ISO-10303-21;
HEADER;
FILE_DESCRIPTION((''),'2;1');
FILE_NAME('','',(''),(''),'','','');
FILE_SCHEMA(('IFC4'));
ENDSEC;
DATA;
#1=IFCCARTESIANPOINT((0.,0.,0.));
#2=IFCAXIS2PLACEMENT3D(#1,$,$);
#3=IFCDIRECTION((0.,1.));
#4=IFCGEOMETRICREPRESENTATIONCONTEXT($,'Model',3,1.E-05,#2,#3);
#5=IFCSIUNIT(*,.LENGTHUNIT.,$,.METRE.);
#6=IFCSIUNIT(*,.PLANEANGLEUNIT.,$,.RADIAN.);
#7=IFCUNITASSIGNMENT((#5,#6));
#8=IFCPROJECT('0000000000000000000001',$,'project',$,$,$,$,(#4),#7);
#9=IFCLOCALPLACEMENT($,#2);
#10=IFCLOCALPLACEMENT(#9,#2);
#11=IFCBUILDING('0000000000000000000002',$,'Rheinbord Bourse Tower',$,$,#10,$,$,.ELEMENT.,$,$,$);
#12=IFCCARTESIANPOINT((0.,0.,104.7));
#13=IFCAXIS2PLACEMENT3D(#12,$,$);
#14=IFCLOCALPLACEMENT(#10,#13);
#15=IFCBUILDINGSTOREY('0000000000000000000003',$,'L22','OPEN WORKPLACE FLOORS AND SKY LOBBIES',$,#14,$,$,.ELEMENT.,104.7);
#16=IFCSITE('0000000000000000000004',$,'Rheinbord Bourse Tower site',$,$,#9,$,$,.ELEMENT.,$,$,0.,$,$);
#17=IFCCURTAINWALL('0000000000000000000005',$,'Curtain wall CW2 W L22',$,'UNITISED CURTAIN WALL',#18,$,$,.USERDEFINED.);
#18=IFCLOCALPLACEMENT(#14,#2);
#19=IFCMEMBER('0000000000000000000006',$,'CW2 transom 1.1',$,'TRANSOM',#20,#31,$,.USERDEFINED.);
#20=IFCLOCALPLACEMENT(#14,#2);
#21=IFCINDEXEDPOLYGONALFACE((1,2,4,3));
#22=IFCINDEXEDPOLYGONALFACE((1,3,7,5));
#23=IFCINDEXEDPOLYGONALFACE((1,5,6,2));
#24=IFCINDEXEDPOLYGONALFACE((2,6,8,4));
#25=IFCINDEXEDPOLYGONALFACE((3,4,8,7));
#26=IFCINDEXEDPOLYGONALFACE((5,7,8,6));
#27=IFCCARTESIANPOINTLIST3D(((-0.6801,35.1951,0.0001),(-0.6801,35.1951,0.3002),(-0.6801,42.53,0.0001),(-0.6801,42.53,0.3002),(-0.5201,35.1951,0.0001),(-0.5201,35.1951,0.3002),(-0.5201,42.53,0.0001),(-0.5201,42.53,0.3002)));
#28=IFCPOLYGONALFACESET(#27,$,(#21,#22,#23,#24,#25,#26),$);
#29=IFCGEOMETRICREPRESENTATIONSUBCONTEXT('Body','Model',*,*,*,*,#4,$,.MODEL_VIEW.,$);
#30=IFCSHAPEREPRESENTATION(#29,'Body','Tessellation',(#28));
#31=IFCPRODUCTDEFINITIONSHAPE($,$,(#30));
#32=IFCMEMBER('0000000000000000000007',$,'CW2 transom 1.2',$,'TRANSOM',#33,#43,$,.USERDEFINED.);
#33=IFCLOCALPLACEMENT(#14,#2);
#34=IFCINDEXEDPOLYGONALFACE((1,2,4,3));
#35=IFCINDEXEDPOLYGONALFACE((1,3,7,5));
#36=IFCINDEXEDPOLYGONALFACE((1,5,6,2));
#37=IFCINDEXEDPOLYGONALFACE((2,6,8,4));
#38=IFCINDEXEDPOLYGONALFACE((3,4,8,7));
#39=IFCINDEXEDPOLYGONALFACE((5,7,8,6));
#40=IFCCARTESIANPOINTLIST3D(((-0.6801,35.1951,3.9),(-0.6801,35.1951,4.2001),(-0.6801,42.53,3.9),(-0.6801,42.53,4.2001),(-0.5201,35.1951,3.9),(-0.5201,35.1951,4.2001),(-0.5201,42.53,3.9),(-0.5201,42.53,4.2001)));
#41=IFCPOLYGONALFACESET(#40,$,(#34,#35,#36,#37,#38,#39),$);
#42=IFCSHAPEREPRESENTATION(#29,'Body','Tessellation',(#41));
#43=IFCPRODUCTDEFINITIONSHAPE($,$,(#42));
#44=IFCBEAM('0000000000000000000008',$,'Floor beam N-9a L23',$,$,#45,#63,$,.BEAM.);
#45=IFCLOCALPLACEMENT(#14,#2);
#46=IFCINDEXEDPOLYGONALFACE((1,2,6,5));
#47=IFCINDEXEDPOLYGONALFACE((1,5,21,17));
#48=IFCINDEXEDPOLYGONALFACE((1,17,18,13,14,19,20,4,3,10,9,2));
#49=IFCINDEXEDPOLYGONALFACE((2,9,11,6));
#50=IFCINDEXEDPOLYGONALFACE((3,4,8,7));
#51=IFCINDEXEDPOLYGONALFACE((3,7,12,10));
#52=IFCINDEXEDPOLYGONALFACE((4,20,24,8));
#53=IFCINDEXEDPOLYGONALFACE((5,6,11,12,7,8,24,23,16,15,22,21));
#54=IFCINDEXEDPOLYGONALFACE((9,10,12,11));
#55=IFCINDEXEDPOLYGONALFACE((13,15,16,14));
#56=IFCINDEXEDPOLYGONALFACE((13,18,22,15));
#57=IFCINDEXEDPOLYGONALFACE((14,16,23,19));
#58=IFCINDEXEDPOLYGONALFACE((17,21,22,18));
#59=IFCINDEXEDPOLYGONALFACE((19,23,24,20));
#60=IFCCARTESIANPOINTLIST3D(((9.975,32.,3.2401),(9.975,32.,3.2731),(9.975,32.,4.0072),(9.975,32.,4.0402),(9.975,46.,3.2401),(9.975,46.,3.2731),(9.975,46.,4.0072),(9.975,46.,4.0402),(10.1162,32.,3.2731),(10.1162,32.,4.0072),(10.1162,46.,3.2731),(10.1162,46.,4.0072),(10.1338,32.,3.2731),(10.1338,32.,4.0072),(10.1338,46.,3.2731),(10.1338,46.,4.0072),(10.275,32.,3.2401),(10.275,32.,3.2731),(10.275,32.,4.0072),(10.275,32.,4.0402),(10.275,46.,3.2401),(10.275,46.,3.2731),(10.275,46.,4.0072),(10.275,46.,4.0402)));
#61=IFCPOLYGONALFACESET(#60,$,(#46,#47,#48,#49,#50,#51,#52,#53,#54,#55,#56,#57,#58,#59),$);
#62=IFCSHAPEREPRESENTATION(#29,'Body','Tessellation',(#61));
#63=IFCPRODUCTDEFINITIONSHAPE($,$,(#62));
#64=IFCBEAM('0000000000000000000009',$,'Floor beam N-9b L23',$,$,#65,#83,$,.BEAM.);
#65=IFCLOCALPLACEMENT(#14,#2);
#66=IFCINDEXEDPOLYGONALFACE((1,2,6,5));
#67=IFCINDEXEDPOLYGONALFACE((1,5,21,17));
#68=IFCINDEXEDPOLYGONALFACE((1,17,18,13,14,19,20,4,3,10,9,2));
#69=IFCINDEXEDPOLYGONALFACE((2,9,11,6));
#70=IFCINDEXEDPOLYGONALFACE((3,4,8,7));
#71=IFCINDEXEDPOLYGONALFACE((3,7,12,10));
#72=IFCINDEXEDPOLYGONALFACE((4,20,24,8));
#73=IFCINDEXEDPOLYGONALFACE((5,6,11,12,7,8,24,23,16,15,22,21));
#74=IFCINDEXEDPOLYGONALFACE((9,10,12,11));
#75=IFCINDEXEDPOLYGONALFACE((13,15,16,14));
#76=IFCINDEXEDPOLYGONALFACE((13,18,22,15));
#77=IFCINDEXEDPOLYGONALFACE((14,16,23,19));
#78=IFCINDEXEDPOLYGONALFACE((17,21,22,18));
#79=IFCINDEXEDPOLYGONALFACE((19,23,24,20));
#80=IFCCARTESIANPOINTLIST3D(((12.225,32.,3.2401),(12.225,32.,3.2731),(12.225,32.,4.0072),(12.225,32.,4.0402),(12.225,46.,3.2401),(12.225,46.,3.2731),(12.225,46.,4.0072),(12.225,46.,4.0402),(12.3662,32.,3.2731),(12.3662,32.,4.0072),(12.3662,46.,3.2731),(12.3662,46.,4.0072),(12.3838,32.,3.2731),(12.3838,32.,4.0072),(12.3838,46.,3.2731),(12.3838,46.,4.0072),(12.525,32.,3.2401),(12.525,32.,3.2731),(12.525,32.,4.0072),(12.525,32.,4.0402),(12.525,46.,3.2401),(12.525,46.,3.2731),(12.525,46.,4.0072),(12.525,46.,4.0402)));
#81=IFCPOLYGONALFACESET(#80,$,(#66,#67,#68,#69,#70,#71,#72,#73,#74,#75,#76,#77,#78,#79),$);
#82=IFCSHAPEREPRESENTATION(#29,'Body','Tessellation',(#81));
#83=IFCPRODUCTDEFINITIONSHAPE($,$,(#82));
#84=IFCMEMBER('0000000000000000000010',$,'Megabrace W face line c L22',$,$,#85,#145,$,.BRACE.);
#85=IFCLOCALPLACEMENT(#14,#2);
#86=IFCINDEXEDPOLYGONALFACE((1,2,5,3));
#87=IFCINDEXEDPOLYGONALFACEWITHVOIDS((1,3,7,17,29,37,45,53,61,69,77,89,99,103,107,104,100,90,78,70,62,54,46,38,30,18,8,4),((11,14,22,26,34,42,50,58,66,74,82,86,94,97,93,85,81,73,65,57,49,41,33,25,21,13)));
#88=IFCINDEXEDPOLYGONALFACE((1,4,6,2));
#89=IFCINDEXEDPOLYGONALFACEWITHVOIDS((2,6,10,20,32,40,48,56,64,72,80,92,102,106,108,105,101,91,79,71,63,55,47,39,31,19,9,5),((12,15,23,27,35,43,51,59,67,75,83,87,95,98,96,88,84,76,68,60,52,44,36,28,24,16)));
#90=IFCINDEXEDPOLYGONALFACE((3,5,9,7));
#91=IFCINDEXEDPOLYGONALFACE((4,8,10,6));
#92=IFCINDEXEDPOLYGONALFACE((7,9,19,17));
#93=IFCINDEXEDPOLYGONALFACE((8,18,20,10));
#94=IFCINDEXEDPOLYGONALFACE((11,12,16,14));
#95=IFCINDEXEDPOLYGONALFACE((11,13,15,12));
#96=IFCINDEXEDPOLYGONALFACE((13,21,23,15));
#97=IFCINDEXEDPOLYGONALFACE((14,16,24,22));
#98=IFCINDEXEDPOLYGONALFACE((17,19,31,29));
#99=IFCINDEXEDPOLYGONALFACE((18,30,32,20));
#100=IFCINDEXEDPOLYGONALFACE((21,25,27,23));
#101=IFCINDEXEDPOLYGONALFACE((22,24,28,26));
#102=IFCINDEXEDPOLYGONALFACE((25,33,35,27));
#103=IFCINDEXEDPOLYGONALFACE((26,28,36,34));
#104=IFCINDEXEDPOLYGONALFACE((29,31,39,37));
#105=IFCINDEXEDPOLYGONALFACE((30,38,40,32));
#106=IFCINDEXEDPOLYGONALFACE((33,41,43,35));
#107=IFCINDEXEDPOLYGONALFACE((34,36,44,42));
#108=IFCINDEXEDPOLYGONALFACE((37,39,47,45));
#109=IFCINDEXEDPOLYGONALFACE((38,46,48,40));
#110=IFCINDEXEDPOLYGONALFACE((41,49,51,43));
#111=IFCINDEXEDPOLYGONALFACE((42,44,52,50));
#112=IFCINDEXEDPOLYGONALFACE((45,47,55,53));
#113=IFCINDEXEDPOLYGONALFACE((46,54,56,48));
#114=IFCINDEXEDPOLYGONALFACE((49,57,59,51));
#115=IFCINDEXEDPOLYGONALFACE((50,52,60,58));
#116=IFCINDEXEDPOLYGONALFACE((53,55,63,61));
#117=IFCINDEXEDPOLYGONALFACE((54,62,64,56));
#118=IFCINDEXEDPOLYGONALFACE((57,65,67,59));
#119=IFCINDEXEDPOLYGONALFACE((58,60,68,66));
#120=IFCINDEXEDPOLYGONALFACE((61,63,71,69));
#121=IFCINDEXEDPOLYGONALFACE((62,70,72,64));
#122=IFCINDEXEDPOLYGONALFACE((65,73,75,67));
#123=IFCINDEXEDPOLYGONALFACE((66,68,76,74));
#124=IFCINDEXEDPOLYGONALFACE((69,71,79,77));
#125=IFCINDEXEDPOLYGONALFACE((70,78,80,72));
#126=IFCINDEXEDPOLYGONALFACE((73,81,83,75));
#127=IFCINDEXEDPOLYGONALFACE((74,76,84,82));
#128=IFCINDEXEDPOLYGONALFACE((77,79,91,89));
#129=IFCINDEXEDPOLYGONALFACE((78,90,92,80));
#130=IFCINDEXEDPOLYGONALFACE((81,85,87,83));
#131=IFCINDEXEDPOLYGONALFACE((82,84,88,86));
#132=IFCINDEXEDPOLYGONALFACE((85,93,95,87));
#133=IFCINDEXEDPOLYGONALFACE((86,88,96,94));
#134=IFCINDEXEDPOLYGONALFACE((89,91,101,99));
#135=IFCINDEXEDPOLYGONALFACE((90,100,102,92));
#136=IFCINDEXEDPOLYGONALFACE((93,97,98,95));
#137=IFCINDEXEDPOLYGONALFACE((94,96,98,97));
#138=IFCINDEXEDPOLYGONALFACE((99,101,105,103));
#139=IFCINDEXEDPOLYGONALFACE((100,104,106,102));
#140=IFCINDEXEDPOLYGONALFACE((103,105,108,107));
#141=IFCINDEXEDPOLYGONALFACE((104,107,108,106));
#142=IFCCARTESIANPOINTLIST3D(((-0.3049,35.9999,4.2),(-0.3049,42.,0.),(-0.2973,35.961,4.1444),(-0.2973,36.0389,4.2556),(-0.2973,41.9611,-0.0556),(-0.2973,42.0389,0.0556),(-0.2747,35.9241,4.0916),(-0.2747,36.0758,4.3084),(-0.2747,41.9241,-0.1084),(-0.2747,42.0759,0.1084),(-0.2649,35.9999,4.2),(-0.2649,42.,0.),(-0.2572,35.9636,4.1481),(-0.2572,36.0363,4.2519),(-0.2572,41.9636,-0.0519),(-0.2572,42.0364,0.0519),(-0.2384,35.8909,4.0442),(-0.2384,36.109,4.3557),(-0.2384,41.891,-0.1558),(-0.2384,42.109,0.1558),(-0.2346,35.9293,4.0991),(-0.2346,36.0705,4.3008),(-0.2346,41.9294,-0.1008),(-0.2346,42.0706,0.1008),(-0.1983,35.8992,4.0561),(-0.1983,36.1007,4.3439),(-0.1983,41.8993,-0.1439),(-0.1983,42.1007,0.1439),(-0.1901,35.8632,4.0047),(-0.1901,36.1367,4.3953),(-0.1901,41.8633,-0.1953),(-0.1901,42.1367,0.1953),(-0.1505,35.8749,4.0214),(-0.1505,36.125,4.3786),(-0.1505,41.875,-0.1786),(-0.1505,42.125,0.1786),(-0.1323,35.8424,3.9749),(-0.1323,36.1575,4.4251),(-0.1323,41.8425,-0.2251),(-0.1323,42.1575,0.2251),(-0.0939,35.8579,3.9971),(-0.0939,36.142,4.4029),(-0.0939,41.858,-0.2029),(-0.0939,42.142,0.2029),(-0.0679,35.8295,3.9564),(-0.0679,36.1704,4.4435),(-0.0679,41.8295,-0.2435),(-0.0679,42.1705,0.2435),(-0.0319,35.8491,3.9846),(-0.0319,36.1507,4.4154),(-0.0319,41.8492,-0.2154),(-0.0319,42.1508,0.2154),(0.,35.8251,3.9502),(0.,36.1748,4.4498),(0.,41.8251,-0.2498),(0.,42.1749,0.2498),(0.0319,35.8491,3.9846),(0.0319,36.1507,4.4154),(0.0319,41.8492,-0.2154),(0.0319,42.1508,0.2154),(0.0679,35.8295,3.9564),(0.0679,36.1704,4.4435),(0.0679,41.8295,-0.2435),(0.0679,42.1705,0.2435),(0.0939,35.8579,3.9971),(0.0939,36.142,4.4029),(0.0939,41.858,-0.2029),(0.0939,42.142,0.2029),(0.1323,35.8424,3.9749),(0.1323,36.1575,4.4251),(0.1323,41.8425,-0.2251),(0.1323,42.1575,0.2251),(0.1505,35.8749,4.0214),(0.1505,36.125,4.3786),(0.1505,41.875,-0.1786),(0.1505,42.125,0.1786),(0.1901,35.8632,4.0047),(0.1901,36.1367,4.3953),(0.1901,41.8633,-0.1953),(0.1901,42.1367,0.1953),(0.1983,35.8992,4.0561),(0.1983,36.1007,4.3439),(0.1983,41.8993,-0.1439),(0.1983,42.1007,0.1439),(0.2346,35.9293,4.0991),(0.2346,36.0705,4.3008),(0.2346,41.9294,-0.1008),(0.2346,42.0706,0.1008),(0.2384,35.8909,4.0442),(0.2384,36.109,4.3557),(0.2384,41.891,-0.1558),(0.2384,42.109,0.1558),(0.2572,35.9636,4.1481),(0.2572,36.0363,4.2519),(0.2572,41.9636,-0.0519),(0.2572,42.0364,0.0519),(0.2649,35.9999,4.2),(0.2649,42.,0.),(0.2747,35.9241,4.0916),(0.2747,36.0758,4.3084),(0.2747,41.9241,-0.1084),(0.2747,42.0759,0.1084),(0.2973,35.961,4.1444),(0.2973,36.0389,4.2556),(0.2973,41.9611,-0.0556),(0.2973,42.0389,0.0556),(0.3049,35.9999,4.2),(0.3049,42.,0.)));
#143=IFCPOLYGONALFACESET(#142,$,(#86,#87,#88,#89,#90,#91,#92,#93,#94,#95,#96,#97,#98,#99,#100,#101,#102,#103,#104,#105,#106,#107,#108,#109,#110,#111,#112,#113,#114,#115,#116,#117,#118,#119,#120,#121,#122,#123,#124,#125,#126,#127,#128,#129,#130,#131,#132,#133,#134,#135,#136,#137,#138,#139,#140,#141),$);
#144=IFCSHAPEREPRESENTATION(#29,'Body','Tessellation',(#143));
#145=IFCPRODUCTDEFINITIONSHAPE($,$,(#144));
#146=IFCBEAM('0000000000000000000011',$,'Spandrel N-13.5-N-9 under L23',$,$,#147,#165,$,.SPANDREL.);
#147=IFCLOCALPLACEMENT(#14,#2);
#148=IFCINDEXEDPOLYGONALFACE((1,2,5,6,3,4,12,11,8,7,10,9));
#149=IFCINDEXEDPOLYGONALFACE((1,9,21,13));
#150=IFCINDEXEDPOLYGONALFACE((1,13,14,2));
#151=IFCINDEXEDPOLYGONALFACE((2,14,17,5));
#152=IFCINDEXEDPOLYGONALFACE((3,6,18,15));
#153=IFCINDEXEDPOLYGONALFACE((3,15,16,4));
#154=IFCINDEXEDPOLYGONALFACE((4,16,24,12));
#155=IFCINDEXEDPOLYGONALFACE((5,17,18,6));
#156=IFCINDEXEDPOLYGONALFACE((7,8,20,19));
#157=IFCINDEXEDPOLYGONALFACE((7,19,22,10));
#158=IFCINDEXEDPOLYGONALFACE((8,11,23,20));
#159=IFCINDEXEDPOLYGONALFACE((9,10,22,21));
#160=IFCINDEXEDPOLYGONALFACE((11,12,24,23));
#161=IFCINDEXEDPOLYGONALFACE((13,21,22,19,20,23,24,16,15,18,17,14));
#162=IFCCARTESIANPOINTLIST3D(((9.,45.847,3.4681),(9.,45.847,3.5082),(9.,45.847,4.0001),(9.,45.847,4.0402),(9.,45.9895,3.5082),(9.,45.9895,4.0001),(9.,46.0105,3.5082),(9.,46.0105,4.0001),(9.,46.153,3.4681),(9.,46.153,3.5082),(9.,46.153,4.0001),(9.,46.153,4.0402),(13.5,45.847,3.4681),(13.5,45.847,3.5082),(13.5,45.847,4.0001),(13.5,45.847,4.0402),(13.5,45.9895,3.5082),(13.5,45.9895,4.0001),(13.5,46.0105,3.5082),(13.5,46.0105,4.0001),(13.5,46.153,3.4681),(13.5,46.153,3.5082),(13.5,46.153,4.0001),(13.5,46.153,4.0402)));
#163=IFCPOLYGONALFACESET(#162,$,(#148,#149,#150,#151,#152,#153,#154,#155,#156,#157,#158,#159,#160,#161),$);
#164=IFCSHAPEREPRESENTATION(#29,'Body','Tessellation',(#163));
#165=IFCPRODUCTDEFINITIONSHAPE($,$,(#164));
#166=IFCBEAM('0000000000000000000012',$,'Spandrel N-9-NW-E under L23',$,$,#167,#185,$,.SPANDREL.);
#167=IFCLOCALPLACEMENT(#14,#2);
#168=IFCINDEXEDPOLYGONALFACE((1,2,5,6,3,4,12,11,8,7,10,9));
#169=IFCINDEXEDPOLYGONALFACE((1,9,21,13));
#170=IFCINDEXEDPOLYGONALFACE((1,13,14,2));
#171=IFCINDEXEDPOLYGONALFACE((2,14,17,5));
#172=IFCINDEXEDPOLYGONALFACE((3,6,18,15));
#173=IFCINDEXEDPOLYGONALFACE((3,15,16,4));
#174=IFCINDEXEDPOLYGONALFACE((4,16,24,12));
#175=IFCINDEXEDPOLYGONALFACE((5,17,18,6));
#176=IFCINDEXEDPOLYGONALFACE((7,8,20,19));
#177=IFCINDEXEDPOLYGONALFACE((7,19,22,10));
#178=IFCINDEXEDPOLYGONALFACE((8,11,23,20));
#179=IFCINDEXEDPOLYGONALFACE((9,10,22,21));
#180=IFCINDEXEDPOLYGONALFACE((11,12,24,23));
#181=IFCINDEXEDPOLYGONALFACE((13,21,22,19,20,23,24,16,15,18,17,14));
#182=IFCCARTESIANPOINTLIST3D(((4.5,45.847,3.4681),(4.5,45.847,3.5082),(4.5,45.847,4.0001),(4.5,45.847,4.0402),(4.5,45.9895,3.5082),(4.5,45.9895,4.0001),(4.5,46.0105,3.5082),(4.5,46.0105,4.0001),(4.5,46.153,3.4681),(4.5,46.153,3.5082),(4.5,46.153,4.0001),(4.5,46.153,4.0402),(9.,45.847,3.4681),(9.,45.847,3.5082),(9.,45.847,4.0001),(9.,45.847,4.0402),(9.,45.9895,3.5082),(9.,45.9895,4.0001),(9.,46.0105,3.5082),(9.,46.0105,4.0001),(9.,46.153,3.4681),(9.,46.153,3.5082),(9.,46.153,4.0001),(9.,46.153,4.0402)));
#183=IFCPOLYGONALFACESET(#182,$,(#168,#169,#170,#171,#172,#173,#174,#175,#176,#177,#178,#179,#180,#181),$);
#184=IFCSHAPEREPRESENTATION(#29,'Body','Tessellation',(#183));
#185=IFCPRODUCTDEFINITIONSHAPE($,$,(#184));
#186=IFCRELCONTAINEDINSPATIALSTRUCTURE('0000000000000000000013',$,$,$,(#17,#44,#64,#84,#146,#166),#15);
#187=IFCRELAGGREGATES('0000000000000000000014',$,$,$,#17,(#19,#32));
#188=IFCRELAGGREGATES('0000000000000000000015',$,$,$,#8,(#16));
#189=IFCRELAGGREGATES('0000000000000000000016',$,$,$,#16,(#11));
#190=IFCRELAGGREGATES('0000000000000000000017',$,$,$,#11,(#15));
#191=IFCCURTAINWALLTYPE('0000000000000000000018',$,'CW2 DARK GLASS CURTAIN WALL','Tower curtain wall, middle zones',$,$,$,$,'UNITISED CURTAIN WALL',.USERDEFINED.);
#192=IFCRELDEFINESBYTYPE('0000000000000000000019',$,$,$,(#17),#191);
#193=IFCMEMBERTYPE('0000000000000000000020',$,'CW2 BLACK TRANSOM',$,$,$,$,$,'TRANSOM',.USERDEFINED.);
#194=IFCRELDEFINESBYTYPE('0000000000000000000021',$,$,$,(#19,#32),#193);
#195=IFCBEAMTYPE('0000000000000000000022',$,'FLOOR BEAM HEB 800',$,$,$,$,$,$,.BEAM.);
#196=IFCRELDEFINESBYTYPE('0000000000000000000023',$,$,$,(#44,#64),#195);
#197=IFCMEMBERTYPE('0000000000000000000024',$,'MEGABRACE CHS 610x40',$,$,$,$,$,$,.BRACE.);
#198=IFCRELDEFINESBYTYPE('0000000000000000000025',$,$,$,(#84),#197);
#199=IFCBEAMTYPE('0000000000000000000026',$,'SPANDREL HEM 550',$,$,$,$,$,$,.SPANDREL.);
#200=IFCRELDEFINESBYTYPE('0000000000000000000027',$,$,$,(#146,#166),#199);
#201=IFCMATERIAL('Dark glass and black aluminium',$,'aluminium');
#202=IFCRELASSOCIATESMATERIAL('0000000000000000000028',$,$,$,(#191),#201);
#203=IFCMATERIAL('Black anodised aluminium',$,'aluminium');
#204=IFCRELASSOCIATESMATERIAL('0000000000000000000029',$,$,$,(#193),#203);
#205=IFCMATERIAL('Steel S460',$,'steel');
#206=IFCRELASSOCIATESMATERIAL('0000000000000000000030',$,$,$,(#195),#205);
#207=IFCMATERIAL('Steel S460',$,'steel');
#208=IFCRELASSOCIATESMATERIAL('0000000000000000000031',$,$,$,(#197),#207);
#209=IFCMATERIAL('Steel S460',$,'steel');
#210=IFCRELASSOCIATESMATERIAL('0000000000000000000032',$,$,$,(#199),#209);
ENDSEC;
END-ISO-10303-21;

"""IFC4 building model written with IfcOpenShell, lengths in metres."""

from ifc_helpers import new_model, si_unit, direction, frame, origin, origin_2d, place, context, subcontext, project, spatial, rectangle, hollow_circle, i_section, extrude, material, material_profile, profile_set, type_object, element, aggregate, save


model = new_model("IFC4")

# Units and contexts
model_context = context("Model", 3, precision=1e-05, world=origin(), true_north=direction((0.0, 1.0)))
body_context = subcontext(model_context, "Body", "Model", "MODEL_VIEW")
ifc_project = project(units=[si_unit("LENGTHUNIT", "METRE"), si_unit("PLANEANGLEUNIT", "RADIAN")], contexts=[model_context])

# Site, building, storey
site_placement = place(None, origin())
site = spatial("IfcSite", under=ifc_project, at=site_placement, Name="Rheinbord Bourse Tower site", CompositionType="ELEMENT", RefElevation=0.0)
building_placement = place(site_placement, origin())
building = spatial("IfcBuilding", under=site, at=building_placement, Name="Rheinbord Bourse Tower", CompositionType="ELEMENT")
storey_placement = place(building_placement, frame((0.0, 0.0, 104.7)))
storey = spatial("IfcBuildingStorey", under=building, at=storey_placement, Name="L22", Description="OPEN WORKPLACE FLOORS AND SKY LOBBIES", CompositionType="ELEMENT", Elevation=104.7)

# Curtain wall
ifc_material_1 = material(Name="Dark glass and black aluminium", Category="aluminium")
curtain_wall_type = type_object("IfcCurtainWallType", Name="CW2 DARK GLASS CURTAIN WALL", Description="Tower curtain wall, middle zones", ElementType="UNITISED CURTAIN WALL", PredefinedType="USERDEFINED", material=ifc_material_1)
curtain_wall_1_placement = place(storey_placement, origin())
curtain_wall_1 = element("IfcCurtainWall", 1, at=curtain_wall_1_placement, inside=storey, type_object=curtain_wall_type, Name="Curtain wall CW2 W L22", ObjectType="UNITISED CURTAIN WALL", PredefinedType="USERDEFINED")

# Members
ifc_material_2 = material(Name="Black anodised aluminium", Category="aluminium")
ifc_material_profile_1 = material_profile(ifc_material_2, rectangle(XDim=0.1599, YDim=0.3, at=origin_2d()), Name="CW2 TRANSOM 300x160")
ifc_profile_set_1 = profile_set([ifc_material_profile_1], Name="Black anodised aluminium")
member_type_1 = type_object("IfcMemberType", Name="CW2 BLACK TRANSOM", ElementType="TRANSOM", PredefinedType="USERDEFINED", material=ifc_profile_set_1)
member_1_placement = place(storey_placement, frame((-0.6001, 42.53, 0.1501), z_axis=(0.0, -1.0, 0.0), x_axis=(1.0, 0.0, 0.0)))
member_1 = element("IfcMember", 2, at=member_1_placement, type_object=member_type_1, Name="CW2 transom 1.1", ObjectType="TRANSOM", PredefinedType="USERDEFINED", context=body_context, shape_type="SweptSolid", body=[
    extrude(rectangle(XDim=0.1599, YDim=0.3, at=origin_2d()), origin(), (0.0, 0.0, 1.0), 7.335),
])
member_2_placement = place(storey_placement, frame((-0.6001, 42.53, 4.05), z_axis=(0.0, -1.0, 0.0), x_axis=(1.0, 0.0, 0.0)))
member_2 = element("IfcMember", 3, at=member_2_placement, type_object=member_type_1, Name="CW2 transom 1.2", ObjectType="TRANSOM", PredefinedType="USERDEFINED", context=body_context, shape_type="SweptSolid", body=[
    extrude(rectangle(XDim=0.1599, YDim=0.3, at=origin_2d()), origin(), (0.0, 0.0, 1.0), 7.335),
])

# Beams
ifc_material_3 = material(Name="Steel S460", Category="steel")
ifc_material_profile_2 = material_profile(ifc_material_3, i_section(OverallWidth=0.3, OverallDepth=0.8, WebThickness=0.0176, FlangeThickness=0.033, at=origin_2d()), Name="HEB 800")
ifc_profile_set_2 = profile_set([ifc_material_profile_2], Name="Steel S460")
beam_type_1 = type_object("IfcBeamType", Name="FLOOR BEAM HEB 800", PredefinedType="BEAM", material=ifc_profile_set_2)
for number, where, z_axis, x_axis, name in (
    (4, (10.125, 46.0, 3.6401), (0.0, -1.0, 0.0), (1.0, 0.0, 0.0), "Floor beam N-9a L23"),
    (5, (12.375, 46.0, 3.6401), (0.0, -1.0, 0.0), (1.0, 0.0, 0.0), "Floor beam N-9b L23"),
):
    element("IfcBeam", number, at=place(storey_placement, frame(where, z_axis=z_axis, x_axis=x_axis)), inside=storey, type_object=beam_type_1, Name=name, PredefinedType="BEAM", context=body_context, shape_type="SweptSolid", body=[
        extrude(i_section(OverallWidth=0.3, OverallDepth=0.8, WebThickness=0.0176, FlangeThickness=0.033, at=origin_2d()), origin(), (0.0, 0.0, 1.0), 14.0),
    ])

# Member
ifc_material_4 = material(Name="Steel S460", Category="steel")
ifc_material_profile_3 = material_profile(ifc_material_4, hollow_circle(Radius=0.3049, WallThickness=0.04, at=origin_2d()), Name="CHS 610x40")
ifc_profile_set_3 = profile_set([ifc_material_profile_3], Name="Steel S460")
member_type_2 = type_object("IfcMemberType", Name="MEGABRACE CHS 610x40", PredefinedType="BRACE", material=ifc_profile_set_3)
member_3_placement = place(storey_placement, frame((0.0, 42.0, 0.0), z_axis=(0.0, -0.819235, 0.573458), x_axis=(1.0, 0.0, 0.0)))
element("IfcMember", 6, at=member_3_placement, inside=storey, type_object=member_type_2, Name="Megabrace W face line c L22", PredefinedType="BRACE", context=body_context, shape_type="SweptSolid", body=[
    extrude(hollow_circle(Radius=0.3049, WallThickness=0.04, at=origin_2d()), origin(), (0.0, 0.0, 1.0), 7.324),
])

# Beams
ifc_material_5 = material(Name="Steel S460", Category="steel")
ifc_material_profile_4 = material_profile(ifc_material_5, i_section(OverallWidth=0.3059, OverallDepth=0.572, WebThickness=0.021, FlangeThickness=0.04, at=origin_2d()), Name="HEM 550")
ifc_profile_set_4 = profile_set([ifc_material_profile_4], Name="Steel S460")
beam_type_2 = type_object("IfcBeamType", Name="SPANDREL HEM 550", PredefinedType="SPANDREL", material=ifc_profile_set_4)
for number, where, z_axis, x_axis, name in (
    (7, (13.5, 46.0, 3.7542), (-1.0, 0.0, 0.0), (0.0, -1.0, 0.0), "Spandrel N-13.5-N-9 under L23"),
    (8, (9.0, 46.0, 3.7542), (-1.0, 0.0, 0.0), (0.0, -1.0, 0.0), "Spandrel N-9-NW-E under L23"),
):
    element("IfcBeam", number, at=place(storey_placement, frame(where, z_axis=z_axis, x_axis=x_axis)), inside=storey, type_object=beam_type_2, Name=name, PredefinedType="SPANDREL", context=body_context, shape_type="SweptSolid", body=[
        extrude(i_section(OverallWidth=0.3059, OverallDepth=0.572, WebThickness=0.021, FlangeThickness=0.04, at=origin_2d()), origin(), (0.0, 0.0, 1.0), 4.5),
    ])

aggregate(curtain_wall_1, [member_1, member_2])

save(model, "model.ifc")
